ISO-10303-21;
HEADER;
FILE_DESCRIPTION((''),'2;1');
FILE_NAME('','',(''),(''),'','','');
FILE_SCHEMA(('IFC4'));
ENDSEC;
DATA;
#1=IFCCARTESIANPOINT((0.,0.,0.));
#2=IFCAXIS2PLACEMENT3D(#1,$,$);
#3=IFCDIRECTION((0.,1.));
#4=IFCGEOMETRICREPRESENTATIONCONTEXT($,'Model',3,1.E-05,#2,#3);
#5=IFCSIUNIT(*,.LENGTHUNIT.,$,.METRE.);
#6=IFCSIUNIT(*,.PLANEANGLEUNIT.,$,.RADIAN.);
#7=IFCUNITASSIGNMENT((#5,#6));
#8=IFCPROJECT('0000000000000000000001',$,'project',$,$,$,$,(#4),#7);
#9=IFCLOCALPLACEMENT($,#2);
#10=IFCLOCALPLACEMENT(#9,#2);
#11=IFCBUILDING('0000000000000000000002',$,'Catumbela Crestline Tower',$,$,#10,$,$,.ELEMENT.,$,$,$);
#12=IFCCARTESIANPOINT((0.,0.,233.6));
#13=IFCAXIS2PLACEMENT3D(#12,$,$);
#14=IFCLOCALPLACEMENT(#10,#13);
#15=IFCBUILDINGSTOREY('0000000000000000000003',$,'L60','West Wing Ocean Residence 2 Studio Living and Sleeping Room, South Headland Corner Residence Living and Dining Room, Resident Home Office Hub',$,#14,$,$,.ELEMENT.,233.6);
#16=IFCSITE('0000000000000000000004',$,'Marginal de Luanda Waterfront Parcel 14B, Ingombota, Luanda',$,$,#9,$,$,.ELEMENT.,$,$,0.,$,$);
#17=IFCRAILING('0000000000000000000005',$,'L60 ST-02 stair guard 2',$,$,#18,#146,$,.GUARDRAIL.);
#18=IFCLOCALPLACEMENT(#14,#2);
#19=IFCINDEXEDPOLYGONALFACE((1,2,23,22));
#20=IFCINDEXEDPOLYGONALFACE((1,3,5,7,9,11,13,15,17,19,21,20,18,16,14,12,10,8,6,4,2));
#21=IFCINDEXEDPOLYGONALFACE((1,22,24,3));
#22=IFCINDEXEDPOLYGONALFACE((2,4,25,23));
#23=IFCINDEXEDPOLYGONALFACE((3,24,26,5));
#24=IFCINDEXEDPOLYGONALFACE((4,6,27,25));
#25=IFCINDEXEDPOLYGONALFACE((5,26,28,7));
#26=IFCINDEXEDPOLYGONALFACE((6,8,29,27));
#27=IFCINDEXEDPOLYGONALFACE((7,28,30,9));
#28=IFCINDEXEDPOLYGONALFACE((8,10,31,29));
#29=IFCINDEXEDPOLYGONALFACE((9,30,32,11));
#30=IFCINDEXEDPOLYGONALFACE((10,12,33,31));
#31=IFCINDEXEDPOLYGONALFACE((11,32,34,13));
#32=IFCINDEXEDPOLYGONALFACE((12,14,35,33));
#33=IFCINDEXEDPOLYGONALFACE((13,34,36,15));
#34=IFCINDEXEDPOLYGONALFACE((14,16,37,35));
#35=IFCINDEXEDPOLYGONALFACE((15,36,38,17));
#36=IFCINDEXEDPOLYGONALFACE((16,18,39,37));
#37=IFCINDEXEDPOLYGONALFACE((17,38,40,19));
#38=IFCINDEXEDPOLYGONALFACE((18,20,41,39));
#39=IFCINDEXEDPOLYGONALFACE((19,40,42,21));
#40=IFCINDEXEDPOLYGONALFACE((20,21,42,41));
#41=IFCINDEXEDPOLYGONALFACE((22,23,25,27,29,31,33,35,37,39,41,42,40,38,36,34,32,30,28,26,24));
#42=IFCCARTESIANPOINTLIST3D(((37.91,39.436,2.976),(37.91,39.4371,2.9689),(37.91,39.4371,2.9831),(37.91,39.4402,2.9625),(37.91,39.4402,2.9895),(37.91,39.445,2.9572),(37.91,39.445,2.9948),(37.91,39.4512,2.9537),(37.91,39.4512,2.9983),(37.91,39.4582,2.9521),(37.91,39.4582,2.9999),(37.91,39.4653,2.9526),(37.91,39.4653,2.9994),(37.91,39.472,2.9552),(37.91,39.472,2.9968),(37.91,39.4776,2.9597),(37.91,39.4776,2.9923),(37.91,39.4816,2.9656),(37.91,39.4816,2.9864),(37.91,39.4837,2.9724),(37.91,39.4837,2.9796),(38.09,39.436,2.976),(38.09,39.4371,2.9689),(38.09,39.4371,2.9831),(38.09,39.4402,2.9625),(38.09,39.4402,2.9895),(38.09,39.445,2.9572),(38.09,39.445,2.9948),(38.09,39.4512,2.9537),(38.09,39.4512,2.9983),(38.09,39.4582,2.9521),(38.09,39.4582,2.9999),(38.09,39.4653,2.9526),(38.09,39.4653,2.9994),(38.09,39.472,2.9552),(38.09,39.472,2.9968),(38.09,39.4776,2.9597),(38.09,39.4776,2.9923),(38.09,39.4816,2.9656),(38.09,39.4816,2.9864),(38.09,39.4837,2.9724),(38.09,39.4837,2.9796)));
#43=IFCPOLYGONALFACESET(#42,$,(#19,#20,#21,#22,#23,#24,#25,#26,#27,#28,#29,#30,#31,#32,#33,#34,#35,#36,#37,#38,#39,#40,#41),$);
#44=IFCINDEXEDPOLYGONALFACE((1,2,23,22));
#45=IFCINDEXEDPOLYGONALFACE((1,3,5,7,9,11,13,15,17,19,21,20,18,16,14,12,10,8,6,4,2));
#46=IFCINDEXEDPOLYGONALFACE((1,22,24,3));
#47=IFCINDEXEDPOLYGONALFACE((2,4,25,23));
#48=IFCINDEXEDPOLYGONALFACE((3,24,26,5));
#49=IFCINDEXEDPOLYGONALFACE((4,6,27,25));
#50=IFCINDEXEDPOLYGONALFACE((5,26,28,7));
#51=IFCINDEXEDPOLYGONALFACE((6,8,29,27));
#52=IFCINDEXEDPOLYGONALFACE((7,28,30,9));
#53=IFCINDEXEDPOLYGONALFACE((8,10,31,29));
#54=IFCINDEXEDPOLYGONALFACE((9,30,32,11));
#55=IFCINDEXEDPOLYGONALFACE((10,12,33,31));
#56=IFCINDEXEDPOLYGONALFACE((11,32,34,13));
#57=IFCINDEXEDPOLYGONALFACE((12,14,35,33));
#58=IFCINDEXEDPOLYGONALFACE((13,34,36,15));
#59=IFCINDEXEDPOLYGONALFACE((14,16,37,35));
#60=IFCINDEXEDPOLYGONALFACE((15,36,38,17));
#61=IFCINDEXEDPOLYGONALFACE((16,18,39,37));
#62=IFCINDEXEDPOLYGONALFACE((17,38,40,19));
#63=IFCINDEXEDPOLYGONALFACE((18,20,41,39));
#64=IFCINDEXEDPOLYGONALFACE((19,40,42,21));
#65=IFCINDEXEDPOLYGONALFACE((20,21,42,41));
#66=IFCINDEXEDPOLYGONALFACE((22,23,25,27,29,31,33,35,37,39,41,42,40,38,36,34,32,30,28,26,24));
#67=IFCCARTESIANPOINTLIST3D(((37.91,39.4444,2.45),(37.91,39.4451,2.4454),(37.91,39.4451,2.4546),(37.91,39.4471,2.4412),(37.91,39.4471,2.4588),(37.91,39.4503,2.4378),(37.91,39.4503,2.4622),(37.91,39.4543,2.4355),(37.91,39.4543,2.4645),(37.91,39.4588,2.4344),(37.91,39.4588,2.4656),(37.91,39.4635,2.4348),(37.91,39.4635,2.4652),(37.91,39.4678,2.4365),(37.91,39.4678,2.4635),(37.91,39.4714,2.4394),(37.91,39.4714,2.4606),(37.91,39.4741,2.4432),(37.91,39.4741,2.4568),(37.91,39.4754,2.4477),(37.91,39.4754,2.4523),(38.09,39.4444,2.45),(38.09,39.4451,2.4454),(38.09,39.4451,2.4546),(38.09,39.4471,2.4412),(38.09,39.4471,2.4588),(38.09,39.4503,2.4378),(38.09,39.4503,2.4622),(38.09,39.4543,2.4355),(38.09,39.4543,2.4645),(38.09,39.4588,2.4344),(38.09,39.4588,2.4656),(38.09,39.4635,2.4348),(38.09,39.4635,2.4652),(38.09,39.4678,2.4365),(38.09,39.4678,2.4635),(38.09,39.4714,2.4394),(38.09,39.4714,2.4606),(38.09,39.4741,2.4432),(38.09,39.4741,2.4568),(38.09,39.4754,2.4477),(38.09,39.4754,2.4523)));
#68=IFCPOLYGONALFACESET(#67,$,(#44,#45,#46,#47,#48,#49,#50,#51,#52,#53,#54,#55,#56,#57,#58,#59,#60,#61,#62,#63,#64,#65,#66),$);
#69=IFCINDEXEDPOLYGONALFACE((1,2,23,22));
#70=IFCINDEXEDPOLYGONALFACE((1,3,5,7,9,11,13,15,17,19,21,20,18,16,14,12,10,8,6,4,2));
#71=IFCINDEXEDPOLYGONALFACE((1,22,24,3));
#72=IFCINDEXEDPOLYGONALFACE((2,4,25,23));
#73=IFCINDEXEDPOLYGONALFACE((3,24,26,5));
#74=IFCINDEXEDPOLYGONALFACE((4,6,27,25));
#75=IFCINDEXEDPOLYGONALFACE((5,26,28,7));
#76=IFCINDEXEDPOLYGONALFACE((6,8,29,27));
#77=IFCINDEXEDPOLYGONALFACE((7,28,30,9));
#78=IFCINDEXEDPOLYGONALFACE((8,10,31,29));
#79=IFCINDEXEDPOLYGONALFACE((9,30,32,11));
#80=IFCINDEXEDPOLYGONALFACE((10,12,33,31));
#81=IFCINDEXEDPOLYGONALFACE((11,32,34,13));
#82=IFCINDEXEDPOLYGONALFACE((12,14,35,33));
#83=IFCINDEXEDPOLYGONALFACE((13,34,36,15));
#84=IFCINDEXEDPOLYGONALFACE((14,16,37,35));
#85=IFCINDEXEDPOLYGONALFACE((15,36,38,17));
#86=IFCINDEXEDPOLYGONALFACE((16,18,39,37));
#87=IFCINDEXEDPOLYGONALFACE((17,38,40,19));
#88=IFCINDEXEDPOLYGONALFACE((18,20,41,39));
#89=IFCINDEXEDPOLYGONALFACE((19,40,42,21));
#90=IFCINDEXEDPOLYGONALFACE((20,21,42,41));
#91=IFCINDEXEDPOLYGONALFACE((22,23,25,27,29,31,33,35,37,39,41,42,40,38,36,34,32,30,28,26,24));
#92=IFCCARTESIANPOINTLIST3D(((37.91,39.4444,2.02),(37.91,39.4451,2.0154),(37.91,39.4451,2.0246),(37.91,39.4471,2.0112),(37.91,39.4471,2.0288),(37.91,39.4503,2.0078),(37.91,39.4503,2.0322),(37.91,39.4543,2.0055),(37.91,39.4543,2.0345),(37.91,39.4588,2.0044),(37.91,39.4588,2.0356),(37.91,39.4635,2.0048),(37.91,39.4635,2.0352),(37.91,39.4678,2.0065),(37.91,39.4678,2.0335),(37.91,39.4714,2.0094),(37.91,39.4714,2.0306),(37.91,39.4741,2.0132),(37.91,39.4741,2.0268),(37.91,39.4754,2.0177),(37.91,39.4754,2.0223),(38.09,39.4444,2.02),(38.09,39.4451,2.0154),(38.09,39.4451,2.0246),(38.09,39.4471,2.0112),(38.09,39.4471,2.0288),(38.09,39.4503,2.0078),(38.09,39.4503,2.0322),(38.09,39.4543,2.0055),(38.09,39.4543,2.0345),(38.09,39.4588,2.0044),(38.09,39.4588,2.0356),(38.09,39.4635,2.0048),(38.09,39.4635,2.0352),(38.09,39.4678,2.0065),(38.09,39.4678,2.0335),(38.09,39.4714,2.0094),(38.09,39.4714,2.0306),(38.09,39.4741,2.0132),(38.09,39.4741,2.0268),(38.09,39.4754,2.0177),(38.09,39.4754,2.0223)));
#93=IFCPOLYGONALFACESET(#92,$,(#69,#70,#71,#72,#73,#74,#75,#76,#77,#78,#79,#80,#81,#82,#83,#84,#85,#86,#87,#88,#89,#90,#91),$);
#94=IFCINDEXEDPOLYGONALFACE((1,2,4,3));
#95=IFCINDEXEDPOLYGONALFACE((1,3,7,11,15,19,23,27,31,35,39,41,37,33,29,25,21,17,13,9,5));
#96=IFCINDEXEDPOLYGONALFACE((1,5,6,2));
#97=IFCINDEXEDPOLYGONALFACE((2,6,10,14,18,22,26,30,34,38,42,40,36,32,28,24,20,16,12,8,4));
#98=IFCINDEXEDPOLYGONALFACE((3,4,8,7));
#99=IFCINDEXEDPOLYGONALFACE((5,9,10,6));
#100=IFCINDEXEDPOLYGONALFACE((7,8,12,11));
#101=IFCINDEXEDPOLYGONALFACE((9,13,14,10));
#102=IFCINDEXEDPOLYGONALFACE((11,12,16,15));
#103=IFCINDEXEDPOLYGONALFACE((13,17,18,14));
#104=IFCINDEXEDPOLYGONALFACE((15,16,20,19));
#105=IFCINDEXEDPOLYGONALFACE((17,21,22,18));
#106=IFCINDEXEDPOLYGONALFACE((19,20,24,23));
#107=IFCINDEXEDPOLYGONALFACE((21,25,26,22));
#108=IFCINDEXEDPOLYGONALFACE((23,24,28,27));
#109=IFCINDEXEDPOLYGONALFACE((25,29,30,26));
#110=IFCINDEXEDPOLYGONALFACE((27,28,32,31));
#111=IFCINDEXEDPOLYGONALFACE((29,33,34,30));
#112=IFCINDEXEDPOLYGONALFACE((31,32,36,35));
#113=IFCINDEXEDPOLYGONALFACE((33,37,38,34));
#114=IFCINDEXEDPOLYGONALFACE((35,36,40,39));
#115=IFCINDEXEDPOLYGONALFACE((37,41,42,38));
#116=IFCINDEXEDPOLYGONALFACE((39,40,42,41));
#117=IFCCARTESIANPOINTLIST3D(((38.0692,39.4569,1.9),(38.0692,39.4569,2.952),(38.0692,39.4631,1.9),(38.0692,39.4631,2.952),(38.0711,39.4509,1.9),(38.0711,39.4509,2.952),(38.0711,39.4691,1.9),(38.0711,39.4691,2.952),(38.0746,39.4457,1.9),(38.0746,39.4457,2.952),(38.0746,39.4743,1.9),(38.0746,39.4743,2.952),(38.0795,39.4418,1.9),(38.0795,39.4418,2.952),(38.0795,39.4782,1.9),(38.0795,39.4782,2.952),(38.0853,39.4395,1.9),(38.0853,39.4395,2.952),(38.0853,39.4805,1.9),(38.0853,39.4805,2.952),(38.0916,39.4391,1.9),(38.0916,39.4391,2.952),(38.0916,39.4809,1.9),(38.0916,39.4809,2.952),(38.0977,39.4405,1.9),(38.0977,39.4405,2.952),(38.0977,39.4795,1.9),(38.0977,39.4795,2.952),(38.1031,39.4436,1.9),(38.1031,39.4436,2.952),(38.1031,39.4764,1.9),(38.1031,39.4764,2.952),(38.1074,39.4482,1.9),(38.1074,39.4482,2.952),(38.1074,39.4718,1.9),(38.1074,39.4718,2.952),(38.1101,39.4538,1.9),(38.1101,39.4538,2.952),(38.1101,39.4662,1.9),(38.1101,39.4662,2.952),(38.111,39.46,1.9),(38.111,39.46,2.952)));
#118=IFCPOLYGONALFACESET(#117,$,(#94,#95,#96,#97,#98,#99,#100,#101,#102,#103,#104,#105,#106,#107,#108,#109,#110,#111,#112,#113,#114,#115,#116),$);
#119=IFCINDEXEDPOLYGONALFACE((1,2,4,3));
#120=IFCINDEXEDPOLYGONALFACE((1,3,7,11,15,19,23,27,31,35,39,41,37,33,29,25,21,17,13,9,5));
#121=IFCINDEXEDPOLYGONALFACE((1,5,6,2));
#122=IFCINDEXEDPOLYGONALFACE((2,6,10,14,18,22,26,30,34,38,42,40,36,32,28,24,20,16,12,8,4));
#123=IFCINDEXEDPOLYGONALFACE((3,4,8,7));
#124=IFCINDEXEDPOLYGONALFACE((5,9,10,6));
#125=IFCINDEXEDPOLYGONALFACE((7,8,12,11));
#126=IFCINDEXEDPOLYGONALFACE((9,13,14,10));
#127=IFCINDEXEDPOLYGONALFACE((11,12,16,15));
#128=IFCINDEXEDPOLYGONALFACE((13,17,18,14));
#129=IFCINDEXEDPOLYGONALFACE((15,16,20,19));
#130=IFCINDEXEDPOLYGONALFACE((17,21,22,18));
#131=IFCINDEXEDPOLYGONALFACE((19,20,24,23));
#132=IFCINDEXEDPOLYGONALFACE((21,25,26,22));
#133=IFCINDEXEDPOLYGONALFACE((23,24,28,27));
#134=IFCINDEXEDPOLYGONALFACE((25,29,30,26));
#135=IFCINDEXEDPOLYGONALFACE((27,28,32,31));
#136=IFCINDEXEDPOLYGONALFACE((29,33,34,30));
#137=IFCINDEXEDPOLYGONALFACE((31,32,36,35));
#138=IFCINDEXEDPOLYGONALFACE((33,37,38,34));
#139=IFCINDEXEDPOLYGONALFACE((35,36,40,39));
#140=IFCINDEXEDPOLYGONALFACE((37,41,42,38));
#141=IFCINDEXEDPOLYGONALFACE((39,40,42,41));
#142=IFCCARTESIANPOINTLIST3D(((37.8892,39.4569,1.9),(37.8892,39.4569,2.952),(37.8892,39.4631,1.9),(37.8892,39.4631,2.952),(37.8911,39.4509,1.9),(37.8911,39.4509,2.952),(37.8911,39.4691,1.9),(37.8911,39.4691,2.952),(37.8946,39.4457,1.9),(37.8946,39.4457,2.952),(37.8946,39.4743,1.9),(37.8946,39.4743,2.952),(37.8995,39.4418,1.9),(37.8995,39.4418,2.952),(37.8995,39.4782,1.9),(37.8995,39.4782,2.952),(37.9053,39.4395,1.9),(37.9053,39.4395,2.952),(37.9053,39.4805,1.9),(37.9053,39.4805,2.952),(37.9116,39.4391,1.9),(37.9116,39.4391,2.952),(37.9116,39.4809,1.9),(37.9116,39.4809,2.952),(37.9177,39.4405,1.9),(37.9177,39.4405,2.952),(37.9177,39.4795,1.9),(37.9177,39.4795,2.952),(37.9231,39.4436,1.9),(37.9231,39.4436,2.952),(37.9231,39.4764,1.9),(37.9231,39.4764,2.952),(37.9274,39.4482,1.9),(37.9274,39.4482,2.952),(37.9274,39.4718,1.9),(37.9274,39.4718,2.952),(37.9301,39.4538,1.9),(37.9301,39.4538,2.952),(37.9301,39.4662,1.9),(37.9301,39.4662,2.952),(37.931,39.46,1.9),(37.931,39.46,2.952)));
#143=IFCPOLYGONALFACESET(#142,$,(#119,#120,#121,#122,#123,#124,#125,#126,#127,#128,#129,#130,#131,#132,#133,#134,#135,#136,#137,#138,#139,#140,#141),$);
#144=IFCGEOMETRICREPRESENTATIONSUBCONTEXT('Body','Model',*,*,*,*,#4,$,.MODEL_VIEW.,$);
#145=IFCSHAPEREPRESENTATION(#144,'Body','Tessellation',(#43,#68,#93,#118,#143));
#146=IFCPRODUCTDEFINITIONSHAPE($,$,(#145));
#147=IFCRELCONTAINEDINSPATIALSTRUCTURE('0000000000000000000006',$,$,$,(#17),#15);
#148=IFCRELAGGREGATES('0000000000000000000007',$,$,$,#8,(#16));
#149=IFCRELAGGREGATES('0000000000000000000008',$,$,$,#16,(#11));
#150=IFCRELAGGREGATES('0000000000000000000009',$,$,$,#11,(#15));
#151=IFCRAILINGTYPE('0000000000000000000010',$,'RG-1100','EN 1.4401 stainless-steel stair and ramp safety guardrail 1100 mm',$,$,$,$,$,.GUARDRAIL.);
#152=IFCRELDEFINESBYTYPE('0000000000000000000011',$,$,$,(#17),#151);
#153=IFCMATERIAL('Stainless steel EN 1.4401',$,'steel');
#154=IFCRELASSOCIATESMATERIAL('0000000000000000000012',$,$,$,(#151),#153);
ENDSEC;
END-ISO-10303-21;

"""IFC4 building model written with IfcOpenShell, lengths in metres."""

from ifc_helpers import new_model, si_unit, direction, frame, origin, origin_2d, place, context, subcontext, project, spatial, circle, extrude, material, type_object, element, save


model = new_model("IFC4")

# Units and contexts
model_context = context("Model", 3, precision=1e-05, world=origin(), true_north=direction((0.0, 1.0)))
body_context = subcontext(model_context, "Body", "Model", "MODEL_VIEW")
ifc_project = project(units=[si_unit("LENGTHUNIT", "METRE"), si_unit("PLANEANGLEUNIT", "RADIAN")], contexts=[model_context])

# Site, building, storey
site_placement = place(None, origin())
site = spatial("IfcSite", under=ifc_project, at=site_placement, Name="Marginal de Luanda Waterfront Parcel 14B, Ingombota, Luanda", CompositionType="ELEMENT", RefElevation=0.0)
building_placement = place(site_placement, origin())
building = spatial("IfcBuilding", under=site, at=building_placement, Name="Catumbela Crestline Tower", CompositionType="ELEMENT")
storey_placement = place(building_placement, frame((0.0, 0.0, 233.6)))
storey = spatial("IfcBuildingStorey", under=building, at=storey_placement, Name="L60", Description="West Wing Ocean Residence 2 Studio Living and Sleeping Room, South Headland Corner Residence Living and Dining Room, Resident Home Office Hub", CompositionType="ELEMENT", Elevation=233.6)

# Railing
ifc_material_1 = material(Name="Stainless steel EN 1.4401", Category="steel")
railing_type_1 = type_object("IfcRailingType", Name="RG-1100", Description="EN 1.4401 stainless-steel stair and ramp safety guardrail 1100 mm", PredefinedType="GUARDRAIL", material=ifc_material_1)
for number, where, name in (
    (1, (38.09, 39.46, 1.9), "L60 ST-02 stair guard 2"),
):
    element("IfcRailing", number, at=place(storey_placement, frame(where)), inside=storey, type_object=railing_type_1, Name=name, PredefinedType="GUARDRAIL", context=body_context, shape_type="SweptSolid", body=[
        extrude(circle(Radius=0.024, at=origin_2d()), frame((0.0, 0.0, 1.076), z_axis=(-1.0, 0.0, 0.0), x_axis=(0.0, -1.0, 0.0)), (0.0, 0.0, 1.0), 0.18),
        extrude(circle(Radius=0.0156, at=origin_2d()), frame((0.0, 0.0, 0.55), z_axis=(-1.0, 0.0, 0.0), x_axis=(0.0, -1.0, 0.0)), (0.0, 0.0, 1.0), 0.18),
        extrude(circle(Radius=0.0156, at=origin_2d()), frame((0.0, 0.0, 0.12), z_axis=(-1.0, 0.0, 0.0), x_axis=(0.0, -1.0, 0.0)), (0.0, 0.0, 1.0), 0.18),
        extrude(circle(Radius=0.021, at=origin_2d()), origin(), (0.0, 0.0, 1.0), 1.052),
        extrude(circle(Radius=0.021, at=origin_2d()), frame((-0.18, 0.0, 0.0)), (0.0, 0.0, 1.0), 1.052),
    ])

save(model, "model.ifc")
